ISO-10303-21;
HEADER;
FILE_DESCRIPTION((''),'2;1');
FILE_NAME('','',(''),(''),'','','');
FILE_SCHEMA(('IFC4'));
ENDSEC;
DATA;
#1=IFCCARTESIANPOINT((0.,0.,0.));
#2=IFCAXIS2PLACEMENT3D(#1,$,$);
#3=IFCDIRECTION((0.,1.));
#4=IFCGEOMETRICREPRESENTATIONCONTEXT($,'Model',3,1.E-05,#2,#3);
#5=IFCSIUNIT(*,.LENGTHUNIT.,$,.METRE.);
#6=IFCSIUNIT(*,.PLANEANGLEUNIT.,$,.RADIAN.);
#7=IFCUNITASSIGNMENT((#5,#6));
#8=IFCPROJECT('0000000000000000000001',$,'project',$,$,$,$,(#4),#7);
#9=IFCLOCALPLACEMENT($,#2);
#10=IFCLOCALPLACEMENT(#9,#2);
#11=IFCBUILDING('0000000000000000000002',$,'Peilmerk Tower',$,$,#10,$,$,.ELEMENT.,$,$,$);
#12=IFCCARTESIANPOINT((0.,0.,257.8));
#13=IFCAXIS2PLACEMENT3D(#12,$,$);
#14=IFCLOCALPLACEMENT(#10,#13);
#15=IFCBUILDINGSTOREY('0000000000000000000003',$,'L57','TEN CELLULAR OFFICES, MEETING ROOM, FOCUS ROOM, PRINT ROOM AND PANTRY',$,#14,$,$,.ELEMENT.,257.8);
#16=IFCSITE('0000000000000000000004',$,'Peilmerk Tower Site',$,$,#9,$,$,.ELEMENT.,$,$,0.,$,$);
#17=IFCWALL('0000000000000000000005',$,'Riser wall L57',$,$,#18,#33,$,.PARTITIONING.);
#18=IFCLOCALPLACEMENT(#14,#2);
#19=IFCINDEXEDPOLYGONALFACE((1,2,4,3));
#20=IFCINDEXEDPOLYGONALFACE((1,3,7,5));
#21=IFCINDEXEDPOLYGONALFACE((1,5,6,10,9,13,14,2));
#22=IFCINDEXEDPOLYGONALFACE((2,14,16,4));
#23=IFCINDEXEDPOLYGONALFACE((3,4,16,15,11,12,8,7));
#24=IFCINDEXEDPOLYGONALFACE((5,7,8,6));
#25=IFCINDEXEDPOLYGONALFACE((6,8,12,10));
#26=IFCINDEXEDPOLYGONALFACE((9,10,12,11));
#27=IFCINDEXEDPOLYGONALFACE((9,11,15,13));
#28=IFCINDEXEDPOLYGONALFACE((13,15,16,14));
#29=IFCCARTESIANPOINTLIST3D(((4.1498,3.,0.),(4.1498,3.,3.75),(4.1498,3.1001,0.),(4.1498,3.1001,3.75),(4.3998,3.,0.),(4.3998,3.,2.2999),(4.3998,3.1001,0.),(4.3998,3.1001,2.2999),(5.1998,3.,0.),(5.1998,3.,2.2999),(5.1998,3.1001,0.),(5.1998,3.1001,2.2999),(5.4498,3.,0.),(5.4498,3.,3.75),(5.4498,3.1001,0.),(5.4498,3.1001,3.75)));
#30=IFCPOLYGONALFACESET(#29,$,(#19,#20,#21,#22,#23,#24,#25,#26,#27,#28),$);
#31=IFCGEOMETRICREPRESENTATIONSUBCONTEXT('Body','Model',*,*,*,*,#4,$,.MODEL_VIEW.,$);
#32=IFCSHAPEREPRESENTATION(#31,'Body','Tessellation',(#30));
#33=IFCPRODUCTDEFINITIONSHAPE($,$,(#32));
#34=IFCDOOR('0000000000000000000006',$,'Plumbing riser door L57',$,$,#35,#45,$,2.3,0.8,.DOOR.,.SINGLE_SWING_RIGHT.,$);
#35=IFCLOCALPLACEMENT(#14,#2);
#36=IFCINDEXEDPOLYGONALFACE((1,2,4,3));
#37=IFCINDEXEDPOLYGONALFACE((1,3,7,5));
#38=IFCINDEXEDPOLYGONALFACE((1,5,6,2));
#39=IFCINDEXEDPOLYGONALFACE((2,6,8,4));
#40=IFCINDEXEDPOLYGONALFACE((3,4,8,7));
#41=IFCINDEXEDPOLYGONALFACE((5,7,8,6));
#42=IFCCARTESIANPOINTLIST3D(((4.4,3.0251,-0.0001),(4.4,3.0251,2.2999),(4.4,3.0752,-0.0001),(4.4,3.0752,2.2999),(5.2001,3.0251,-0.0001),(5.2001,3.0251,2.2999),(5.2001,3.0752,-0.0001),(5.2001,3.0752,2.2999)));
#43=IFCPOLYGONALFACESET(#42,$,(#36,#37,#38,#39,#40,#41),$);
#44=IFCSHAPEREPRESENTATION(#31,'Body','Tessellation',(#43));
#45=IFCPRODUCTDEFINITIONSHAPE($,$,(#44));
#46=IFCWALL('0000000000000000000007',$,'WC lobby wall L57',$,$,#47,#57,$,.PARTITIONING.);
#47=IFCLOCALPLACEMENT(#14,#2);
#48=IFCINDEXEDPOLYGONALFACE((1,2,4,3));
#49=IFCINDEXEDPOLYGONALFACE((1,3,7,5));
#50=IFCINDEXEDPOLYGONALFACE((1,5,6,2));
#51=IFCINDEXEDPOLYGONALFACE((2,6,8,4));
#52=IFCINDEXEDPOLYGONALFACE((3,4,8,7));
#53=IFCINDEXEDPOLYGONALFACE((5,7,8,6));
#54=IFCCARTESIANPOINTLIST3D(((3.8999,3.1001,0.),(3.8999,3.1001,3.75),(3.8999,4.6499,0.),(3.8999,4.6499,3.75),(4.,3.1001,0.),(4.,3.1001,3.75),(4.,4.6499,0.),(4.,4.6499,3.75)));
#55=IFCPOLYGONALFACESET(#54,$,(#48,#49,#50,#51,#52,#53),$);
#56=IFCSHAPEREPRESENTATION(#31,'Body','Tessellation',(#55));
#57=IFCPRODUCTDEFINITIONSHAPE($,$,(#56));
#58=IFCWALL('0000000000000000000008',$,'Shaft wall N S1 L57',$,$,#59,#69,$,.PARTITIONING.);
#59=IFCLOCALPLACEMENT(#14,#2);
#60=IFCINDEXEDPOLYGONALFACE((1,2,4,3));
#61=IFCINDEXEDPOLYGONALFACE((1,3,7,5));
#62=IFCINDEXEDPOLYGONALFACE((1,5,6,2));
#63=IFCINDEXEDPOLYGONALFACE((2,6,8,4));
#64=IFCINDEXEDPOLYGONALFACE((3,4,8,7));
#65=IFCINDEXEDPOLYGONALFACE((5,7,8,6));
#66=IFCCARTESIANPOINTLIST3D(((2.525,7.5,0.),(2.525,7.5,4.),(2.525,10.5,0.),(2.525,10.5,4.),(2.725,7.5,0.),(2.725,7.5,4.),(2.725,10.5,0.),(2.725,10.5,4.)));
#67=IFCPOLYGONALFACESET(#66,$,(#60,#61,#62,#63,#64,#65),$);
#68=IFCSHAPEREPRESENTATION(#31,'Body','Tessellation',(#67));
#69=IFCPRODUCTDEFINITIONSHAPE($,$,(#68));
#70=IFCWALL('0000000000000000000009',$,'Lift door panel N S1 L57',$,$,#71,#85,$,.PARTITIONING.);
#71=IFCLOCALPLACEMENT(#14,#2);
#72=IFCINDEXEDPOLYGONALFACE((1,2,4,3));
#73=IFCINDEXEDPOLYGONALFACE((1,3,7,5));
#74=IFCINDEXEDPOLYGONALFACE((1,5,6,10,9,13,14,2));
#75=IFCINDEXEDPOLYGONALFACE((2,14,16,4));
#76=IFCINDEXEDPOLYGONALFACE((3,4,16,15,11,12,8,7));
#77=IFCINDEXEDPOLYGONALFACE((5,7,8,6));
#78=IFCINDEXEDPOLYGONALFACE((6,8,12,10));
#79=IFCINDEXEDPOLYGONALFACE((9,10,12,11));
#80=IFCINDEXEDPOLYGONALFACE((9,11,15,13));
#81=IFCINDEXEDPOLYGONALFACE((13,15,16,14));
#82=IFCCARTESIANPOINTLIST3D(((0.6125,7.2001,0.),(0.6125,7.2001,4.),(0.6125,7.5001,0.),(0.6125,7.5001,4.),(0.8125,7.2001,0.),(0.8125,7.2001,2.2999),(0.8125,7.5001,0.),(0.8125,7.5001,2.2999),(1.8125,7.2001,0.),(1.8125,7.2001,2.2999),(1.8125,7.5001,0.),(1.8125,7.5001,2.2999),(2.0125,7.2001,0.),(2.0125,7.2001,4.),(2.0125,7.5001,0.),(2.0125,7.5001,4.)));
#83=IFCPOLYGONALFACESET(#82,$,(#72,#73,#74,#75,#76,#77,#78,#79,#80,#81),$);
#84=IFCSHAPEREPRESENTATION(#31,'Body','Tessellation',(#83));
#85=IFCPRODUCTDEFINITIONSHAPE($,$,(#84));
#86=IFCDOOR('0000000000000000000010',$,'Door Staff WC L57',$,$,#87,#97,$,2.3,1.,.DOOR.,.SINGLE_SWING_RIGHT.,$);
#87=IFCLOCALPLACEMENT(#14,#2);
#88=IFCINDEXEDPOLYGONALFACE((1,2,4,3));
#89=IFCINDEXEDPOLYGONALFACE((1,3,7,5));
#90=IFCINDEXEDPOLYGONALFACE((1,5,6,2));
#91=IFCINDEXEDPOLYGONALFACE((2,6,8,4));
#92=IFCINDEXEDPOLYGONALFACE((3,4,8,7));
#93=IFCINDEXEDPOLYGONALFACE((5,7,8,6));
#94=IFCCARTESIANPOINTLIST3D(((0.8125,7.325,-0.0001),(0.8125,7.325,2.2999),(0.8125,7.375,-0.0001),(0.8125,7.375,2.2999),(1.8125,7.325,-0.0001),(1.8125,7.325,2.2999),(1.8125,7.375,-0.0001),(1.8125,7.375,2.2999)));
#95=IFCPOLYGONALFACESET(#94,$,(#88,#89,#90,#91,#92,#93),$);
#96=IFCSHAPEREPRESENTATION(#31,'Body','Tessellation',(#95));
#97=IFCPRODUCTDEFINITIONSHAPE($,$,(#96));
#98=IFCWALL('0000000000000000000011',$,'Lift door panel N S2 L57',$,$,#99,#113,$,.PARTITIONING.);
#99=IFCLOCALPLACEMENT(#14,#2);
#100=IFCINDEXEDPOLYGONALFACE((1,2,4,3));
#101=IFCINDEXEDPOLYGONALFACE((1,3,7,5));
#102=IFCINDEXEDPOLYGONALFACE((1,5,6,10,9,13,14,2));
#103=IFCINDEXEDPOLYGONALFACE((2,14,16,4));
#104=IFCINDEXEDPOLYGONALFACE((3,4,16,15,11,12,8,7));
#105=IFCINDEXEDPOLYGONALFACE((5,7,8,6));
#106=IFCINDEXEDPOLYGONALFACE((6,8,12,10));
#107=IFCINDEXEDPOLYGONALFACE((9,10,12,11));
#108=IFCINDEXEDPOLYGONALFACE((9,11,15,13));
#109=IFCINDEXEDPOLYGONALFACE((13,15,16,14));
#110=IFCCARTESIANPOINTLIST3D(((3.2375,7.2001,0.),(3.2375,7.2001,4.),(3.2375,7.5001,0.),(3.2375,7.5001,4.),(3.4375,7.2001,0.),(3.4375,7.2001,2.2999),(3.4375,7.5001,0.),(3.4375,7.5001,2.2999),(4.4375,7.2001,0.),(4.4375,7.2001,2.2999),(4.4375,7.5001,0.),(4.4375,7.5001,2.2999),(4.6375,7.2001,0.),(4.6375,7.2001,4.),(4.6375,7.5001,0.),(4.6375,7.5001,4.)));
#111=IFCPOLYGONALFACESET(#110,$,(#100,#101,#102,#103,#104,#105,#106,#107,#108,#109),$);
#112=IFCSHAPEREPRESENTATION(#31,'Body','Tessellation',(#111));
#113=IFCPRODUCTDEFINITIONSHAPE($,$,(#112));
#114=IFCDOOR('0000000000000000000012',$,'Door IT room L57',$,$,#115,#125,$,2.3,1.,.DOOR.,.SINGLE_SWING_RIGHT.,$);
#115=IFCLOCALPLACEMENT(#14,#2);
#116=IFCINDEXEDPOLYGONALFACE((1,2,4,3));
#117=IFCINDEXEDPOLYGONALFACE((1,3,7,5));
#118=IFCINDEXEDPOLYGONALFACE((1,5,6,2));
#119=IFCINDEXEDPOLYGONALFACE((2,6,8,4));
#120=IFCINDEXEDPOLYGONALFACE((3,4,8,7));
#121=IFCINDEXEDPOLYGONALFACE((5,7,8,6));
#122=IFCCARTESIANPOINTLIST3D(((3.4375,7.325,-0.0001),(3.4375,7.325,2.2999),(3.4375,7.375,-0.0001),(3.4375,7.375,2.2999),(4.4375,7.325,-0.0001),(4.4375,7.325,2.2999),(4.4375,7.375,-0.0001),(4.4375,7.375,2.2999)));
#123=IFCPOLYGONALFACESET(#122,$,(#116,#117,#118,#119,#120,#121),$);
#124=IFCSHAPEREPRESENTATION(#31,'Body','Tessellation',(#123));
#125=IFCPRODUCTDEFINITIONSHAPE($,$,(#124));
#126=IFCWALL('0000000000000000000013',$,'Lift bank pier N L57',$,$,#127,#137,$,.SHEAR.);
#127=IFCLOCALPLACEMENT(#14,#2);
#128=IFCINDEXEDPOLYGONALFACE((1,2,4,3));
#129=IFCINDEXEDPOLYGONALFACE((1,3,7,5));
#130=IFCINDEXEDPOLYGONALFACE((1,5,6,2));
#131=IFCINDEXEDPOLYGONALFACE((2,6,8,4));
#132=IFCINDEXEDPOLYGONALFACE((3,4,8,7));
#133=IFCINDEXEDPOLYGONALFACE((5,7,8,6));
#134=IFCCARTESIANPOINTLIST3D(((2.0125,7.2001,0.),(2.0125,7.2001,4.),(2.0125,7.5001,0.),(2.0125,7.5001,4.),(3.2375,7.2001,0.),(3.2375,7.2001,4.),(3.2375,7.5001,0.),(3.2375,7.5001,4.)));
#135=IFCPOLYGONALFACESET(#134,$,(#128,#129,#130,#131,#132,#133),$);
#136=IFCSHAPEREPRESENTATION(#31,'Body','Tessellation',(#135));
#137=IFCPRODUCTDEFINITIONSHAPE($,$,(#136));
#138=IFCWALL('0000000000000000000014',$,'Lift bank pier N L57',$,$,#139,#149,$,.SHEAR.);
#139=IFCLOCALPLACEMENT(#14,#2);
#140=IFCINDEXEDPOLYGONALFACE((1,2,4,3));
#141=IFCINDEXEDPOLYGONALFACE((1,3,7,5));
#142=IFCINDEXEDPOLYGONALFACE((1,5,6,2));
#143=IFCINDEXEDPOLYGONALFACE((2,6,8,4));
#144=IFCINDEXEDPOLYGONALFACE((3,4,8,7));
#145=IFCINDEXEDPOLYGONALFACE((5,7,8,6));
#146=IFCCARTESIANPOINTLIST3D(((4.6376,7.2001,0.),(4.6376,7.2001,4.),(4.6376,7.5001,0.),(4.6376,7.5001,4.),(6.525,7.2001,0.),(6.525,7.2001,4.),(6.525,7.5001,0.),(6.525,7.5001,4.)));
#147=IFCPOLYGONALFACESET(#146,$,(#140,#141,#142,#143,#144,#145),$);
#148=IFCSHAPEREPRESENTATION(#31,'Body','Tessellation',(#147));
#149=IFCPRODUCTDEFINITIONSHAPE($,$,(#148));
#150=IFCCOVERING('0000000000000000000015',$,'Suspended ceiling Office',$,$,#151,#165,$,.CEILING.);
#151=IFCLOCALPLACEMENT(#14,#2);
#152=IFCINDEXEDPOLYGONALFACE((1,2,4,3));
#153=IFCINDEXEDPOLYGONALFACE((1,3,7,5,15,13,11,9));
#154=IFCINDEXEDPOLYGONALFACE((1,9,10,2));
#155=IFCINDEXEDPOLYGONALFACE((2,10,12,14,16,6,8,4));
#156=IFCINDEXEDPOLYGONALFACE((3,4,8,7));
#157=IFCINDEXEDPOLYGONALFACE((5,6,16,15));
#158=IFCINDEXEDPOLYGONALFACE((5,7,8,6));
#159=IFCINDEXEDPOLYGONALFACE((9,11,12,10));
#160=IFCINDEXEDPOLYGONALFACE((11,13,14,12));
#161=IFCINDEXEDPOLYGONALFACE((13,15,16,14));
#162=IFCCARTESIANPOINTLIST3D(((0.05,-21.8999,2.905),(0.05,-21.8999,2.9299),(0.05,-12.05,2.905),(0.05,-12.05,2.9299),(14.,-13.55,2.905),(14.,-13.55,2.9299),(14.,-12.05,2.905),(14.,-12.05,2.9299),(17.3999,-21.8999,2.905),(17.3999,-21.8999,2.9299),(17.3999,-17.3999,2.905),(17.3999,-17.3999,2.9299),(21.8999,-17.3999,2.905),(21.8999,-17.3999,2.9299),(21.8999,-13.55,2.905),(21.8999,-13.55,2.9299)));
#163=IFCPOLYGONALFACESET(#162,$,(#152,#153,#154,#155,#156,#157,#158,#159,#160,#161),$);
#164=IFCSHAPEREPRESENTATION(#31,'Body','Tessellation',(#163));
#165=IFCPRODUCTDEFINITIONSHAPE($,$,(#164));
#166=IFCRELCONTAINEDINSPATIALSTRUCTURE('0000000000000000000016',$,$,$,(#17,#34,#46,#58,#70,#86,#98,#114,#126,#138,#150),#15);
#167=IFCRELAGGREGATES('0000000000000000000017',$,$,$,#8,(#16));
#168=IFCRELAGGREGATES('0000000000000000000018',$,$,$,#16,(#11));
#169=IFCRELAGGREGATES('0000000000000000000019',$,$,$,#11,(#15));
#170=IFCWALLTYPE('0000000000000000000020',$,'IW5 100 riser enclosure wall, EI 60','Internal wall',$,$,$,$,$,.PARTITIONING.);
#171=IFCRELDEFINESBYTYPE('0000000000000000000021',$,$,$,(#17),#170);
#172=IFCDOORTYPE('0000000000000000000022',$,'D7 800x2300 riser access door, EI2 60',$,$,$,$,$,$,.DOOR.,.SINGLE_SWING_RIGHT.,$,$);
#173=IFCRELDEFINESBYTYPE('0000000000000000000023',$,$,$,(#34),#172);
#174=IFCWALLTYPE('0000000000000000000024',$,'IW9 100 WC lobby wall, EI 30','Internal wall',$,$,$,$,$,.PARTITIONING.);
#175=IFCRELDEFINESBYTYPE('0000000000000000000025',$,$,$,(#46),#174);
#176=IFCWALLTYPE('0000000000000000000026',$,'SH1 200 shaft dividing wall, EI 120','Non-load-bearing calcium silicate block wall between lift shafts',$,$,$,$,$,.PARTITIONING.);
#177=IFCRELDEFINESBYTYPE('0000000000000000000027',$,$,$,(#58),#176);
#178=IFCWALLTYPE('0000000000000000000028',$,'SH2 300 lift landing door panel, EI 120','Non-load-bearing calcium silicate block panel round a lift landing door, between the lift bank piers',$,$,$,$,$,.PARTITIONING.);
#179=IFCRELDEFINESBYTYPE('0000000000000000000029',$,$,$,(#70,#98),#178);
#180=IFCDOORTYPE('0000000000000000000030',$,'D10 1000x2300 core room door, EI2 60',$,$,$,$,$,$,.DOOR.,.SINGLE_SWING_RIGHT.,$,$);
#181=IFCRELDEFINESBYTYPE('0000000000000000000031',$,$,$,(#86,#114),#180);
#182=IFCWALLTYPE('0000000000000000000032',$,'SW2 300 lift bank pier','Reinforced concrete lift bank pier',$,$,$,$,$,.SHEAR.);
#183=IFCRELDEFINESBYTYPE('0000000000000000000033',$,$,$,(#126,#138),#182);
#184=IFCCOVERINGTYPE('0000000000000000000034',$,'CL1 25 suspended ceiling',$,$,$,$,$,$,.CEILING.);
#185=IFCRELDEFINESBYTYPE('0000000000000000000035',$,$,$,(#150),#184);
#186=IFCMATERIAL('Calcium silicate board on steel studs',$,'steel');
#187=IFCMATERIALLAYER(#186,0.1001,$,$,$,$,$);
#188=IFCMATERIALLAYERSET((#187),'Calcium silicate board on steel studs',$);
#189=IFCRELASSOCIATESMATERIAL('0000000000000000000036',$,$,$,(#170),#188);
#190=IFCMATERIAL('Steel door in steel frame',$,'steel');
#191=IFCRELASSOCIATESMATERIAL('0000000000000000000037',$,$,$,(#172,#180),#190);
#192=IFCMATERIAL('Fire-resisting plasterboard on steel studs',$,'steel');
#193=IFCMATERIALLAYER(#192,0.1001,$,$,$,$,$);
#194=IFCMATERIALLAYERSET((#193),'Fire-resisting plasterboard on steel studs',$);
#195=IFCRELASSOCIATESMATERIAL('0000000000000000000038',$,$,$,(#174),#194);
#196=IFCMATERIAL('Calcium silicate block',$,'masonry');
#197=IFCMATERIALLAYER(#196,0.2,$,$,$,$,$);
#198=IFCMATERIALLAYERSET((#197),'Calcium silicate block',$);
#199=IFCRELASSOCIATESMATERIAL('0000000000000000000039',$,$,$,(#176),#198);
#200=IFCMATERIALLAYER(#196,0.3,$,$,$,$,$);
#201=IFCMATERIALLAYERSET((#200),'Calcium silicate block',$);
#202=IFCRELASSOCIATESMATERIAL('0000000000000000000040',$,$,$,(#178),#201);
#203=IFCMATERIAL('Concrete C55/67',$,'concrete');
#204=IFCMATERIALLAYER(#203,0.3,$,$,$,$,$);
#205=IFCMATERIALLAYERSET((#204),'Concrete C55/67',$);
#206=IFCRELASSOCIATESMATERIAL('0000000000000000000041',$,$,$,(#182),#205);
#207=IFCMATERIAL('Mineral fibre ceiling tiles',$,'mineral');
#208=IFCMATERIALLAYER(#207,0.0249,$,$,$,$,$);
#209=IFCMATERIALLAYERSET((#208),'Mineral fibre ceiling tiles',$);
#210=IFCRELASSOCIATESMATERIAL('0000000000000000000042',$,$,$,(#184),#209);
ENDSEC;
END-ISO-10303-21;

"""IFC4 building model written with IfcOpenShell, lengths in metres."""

from ifc_helpers import new_model, si_unit, direction, frame, frame_2d, origin, place, context, subcontext, project, spatial, polyline, rectangle, outline, extrude, material, layer, layer_set, type_object, element, fill, save


model = new_model("IFC4")

# Units and contexts
model_context = context("Model", 3, precision=1e-05, world=origin(), true_north=direction((0.0, 1.0)))
body_context = subcontext(model_context, "Body", "Model", "MODEL_VIEW")
ifc_project = project(units=[si_unit("LENGTHUNIT", "METRE"), si_unit("PLANEANGLEUNIT", "RADIAN")], contexts=[model_context])

# Site, building, storey
site_placement = place(None, origin())
site = spatial("IfcSite", under=ifc_project, at=site_placement, Name="Peilmerk Tower Site", CompositionType="ELEMENT", RefElevation=0.0)
building_placement = place(site_placement, origin())
building = spatial("IfcBuilding", under=site, at=building_placement, Name="Peilmerk Tower", CompositionType="ELEMENT")
storey_placement = place(building_placement, frame((0.0, 0.0, 257.8)))
storey = spatial("IfcBuildingStorey", under=building, at=storey_placement, Name="L57", Description="TEN CELLULAR OFFICES, MEETING ROOM, FOCUS ROOM, PRINT ROOM AND PANTRY", CompositionType="ELEMENT", Elevation=257.8)

# Wall, opening, door
ifc_material_1 = material(Name="Calcium silicate board on steel studs", Category="steel")
ifc_layer_1 = layer(ifc_material_1, 0.1001)
ifc_layer_set_1 = layer_set([ifc_layer_1], Name="Calcium silicate board on steel studs")
wall_type_1 = type_object("IfcWallType", Name="IW5 100 riser enclosure wall, EI 60", Description="Internal wall", PredefinedType="PARTITIONING", material=ifc_layer_set_1)
wall_1_placement = place(storey_placement, frame((4.1499, 3.05, 0.0), z_axis=(0.0, 0.0, 1.0), x_axis=(1.0, 0.0, 0.0)))
wall_1 = element("IfcWall", 1, at=wall_1_placement, inside=storey, type_object=wall_type_1, Name="Riser wall L57", PredefinedType="PARTITIONING", context=body_context, shape_type="SweptSolid", body=[
    extrude(rectangle(XDim=1.3, YDim=0.1001, at=frame_2d((0.6499, 0.0))), origin(), (0.0, 0.0, 1.0), 3.75),
])
opening_1_placement = place(wall_1_placement, frame((0.25, 0.0, 0.0)))
opening_1 = element("IfcOpeningElement", 2, at=opening_1_placement, cuts=wall_1, PredefinedType="OPENING", context=body_context, shape_type="SweptSolid", body=[
    extrude(rectangle(XDim=0.8, YDim=2.3, at=frame_2d((0.3999, 1.1499))), frame((0.0, 0.0601, 0.0), z_axis=(0.0, -1.0, 0.0), x_axis=(1.0, 0.0, 0.0)), (0.0, 0.0, 1.0), 0.1201),
])
ifc_material_2 = material(Name="Steel door in steel frame", Category="steel")
door_type_1 = type_object("IfcDoorType", Name="D7 800x2300 riser access door, EI2 60", OperationType="SINGLE_SWING_RIGHT", PredefinedType="DOOR", material=ifc_material_2)
door_1_placement = place(opening_1_placement, frame((0.8, 0.0, 0.0), z_axis=(0.0, 0.0, 1.0), x_axis=(-1.0, 0.0, 0.0)))
door_1 = element("IfcDoor", 3, at=door_1_placement, inside=storey, type_object=door_type_1, Name="Plumbing riser door L57", OperationType="SINGLE_SWING_RIGHT", OverallHeight=2.3, OverallWidth=0.8, PredefinedType="DOOR", context=body_context, shape_type="SweptSolid", body=[
    extrude(rectangle(XDim=0.8, YDim=2.3, at=frame_2d((0.3999, 1.1499))), frame((0.0, 0.0249, 0.0), z_axis=(0.0, -1.0, 0.0), x_axis=(1.0, 0.0, 0.0)), (0.0, 0.0, 1.0), 0.05),
])
fill(opening_1, door_1)

# Walls
ifc_material_3 = material(Name="Fire-resisting plasterboard on steel studs", Category="steel")
ifc_layer_2 = layer(ifc_material_3, 0.1001)
ifc_layer_set_2 = layer_set([ifc_layer_2], Name="Fire-resisting plasterboard on steel studs")
wall_type_2 = type_object("IfcWallType", Name="IW9 100 WC lobby wall, EI 30", Description="Internal wall", PredefinedType="PARTITIONING", material=ifc_layer_set_2)
wall_2_placement = place(storey_placement, frame((3.95, 3.1001, 0.0), z_axis=(0.0, 0.0, 1.0), x_axis=(0.0, 1.0, 0.0)))
element("IfcWall", 4, at=wall_2_placement, inside=storey, type_object=wall_type_2, Name="WC lobby wall L57", PredefinedType="PARTITIONING", context=body_context, shape_type="SweptSolid", body=[
    extrude(rectangle(XDim=1.5498, YDim=0.1001, at=frame_2d((0.7749, 0.0))), origin(), (0.0, 0.0, 1.0), 3.75),
])
ifc_material_4 = material(Name="Calcium silicate block", Category="masonry")
ifc_layer_3 = layer(ifc_material_4, 0.2)
ifc_layer_set_3 = layer_set([ifc_layer_3], Name="Calcium silicate block")
wall_type_3 = type_object("IfcWallType", Name="SH1 200 shaft dividing wall, EI 120", Description="Non-load-bearing calcium silicate block wall between lift shafts", PredefinedType="PARTITIONING", material=ifc_layer_set_3)
wall_3_placement = place(storey_placement, frame((2.625, 7.5, 0.0), z_axis=(0.0, 0.0, 1.0), x_axis=(0.0, 1.0, 0.0)))
element("IfcWall", 5, at=wall_3_placement, inside=storey, type_object=wall_type_3, Name="Shaft wall N S1 L57", PredefinedType="PARTITIONING", context=body_context, shape_type="SweptSolid", body=[
    extrude(rectangle(XDim=3.0, YDim=0.2, at=frame_2d((1.5, 0.0))), origin(), (0.0, 0.0, 1.0), 4.0),
])

# Walls, openings, doors
ifc_layer_4 = layer(ifc_material_4, 0.3)
ifc_layer_set_4 = layer_set([ifc_layer_4], Name="Calcium silicate block")
wall_type_4 = type_object("IfcWallType", Name="SH2 300 lift landing door panel, EI 120", Description="Non-load-bearing calcium silicate block panel round a lift landing door, between the lift bank piers", PredefinedType="PARTITIONING", material=ifc_layer_set_4)
wall_4_placement = place(storey_placement, frame((0.6125, 7.3501, 0.0), z_axis=(0.0, 0.0, 1.0), x_axis=(1.0, 0.0, 0.0)))
wall_4 = element("IfcWall", 6, at=wall_4_placement, inside=storey, type_object=wall_type_4, Name="Lift door panel N S1 L57", PredefinedType="PARTITIONING", context=body_context, shape_type="SweptSolid", body=[
    extrude(rectangle(XDim=1.3999, YDim=0.3, at=frame_2d((0.7, 0.0))), origin(), (0.0, 0.0, 1.0), 4.0),
])
opening_2_placement = place(wall_4_placement, frame((0.2, 0.0, 0.0)))
opening_2 = element("IfcOpeningElement", 7, at=opening_2_placement, cuts=wall_4, PredefinedType="OPENING", context=body_context, shape_type="SweptSolid", body=[
    extrude(rectangle(XDim=1.0, YDim=2.3, at=frame_2d((0.5, 1.1499))), frame((0.0, 0.1599, 0.0), z_axis=(0.0, -1.0, 0.0), x_axis=(1.0, 0.0, 0.0)), (0.0, 0.0, 1.0), 0.3201),
])
door_type_2 = type_object("IfcDoorType", Name="D10 1000x2300 core room door, EI2 60", OperationType="SINGLE_SWING_RIGHT", PredefinedType="DOOR", material=ifc_material_2)
door_2_placement = place(opening_2_placement, origin())
door_2 = element("IfcDoor", 8, at=door_2_placement, inside=storey, type_object=door_type_2, Name="Door Staff WC L57", OperationType="SINGLE_SWING_RIGHT", OverallHeight=2.3, OverallWidth=1.0, PredefinedType="DOOR", context=body_context, shape_type="SweptSolid", body=[
    extrude(rectangle(XDim=1.0, YDim=2.3, at=frame_2d((0.5, 1.1499))), frame((0.0, 0.0249, 0.0), z_axis=(0.0, -1.0, 0.0), x_axis=(1.0, 0.0, 0.0)), (0.0, 0.0, 1.0), 0.05),
])
fill(opening_2, door_2)
wall_5_placement = place(storey_placement, frame((3.2375, 7.3501, 0.0), z_axis=(0.0, 0.0, 1.0), x_axis=(1.0, 0.0, 0.0)))
wall_5 = element("IfcWall", 9, at=wall_5_placement, inside=storey, type_object=wall_type_4, Name="Lift door panel N S2 L57", PredefinedType="PARTITIONING", context=body_context, shape_type="SweptSolid", body=[
    extrude(rectangle(XDim=1.3999, YDim=0.3, at=frame_2d((0.7, 0.0))), origin(), (0.0, 0.0, 1.0), 4.0),
])
opening_3_placement = place(wall_5_placement, frame((0.2, 0.0, 0.0)))
opening_3 = element("IfcOpeningElement", 10, at=opening_3_placement, cuts=wall_5, PredefinedType="OPENING", context=body_context, shape_type="SweptSolid", body=[
    extrude(rectangle(XDim=1.0, YDim=2.3, at=frame_2d((0.5, 1.1499))), frame((0.0, 0.1599, 0.0), z_axis=(0.0, -1.0, 0.0), x_axis=(1.0, 0.0, 0.0)), (0.0, 0.0, 1.0), 0.3201),
])
door_3_placement = place(opening_3_placement, origin())
door_3 = element("IfcDoor", 11, at=door_3_placement, inside=storey, type_object=door_type_2, Name="Door IT room L57", OperationType="SINGLE_SWING_RIGHT", OverallHeight=2.3, OverallWidth=1.0, PredefinedType="DOOR", context=body_context, shape_type="SweptSolid", body=[
    extrude(rectangle(XDim=1.0, YDim=2.3, at=frame_2d((0.5, 1.1499))), frame((0.0, 0.0249, 0.0), z_axis=(0.0, -1.0, 0.0), x_axis=(1.0, 0.0, 0.0)), (0.0, 0.0, 1.0), 0.05),
])
fill(opening_3, door_3)

# Walls
ifc_material_5 = material(Name="Concrete C55/67", Category="concrete")
ifc_layer_5 = layer(ifc_material_5, 0.3)
ifc_layer_set_5 = layer_set([ifc_layer_5], Name="Concrete C55/67")
wall_type_5 = type_object("IfcWallType", Name="SW2 300 lift bank pier", Description="Reinforced concrete lift bank pier", PredefinedType="SHEAR", material=ifc_layer_set_5)
wall_6_placement = place(storey_placement, frame((2.0125, 7.3501, 0.0), z_axis=(0.0, 0.0, 1.0), x_axis=(1.0, 0.0, 0.0)))
element("IfcWall", 12, at=wall_6_placement, inside=storey, type_object=wall_type_5, Name="Lift bank pier N L57", PredefinedType="SHEAR", context=body_context, shape_type="SweptSolid", body=[
    extrude(rectangle(XDim=1.2251, YDim=0.3, at=frame_2d((0.6125, 0.0))), origin(), (0.0, 0.0, 1.0), 4.0),
])
wall_7_placement = place(storey_placement, frame((4.6375, 7.3501, 0.0), z_axis=(0.0, 0.0, 1.0), x_axis=(1.0, 0.0, 0.0)))
element("IfcWall", 13, at=wall_7_placement, inside=storey, type_object=wall_type_5, Name="Lift bank pier N L57", PredefinedType="SHEAR", context=body_context, shape_type="SweptSolid", body=[
    extrude(rectangle(XDim=1.8875, YDim=0.3, at=frame_2d((0.9438, 0.0))), origin(), (0.0, 0.0, 1.0), 4.0),
])

# Covering
ifc_material_6 = material(Name="Mineral fibre ceiling tiles", Category="mineral")
ifc_layer_6 = layer(ifc_material_6, 0.0249)
ifc_layer_set_6 = layer_set([ifc_layer_6], Name="Mineral fibre ceiling tiles")
covering_type = type_object("IfcCoveringType", Name="CL1 25 suspended ceiling", PredefinedType="CEILING", material=ifc_layer_set_6)
covering_1_placement = place(storey_placement, frame((0.0, 0.0, 2.905)))
element("IfcCovering", 14, at=covering_1_placement, inside=storey, type_object=covering_type, Name="Suspended ceiling Office", PredefinedType="CEILING", context=body_context, shape_type="SweptSolid", body=[
    extrude(outline(polyline([(0.05, -21.8999), (17.3999, -21.8999), (17.3999, -17.3999), (21.8999, -17.3999), (21.8999, -13.55), (14.0, -13.55), (14.0, -12.05), (0.05, -12.05), (0.05, -21.8999)])), origin(), (0.0, 0.0, 1.0), 0.0249),
])

save(model, "model.ifc")
